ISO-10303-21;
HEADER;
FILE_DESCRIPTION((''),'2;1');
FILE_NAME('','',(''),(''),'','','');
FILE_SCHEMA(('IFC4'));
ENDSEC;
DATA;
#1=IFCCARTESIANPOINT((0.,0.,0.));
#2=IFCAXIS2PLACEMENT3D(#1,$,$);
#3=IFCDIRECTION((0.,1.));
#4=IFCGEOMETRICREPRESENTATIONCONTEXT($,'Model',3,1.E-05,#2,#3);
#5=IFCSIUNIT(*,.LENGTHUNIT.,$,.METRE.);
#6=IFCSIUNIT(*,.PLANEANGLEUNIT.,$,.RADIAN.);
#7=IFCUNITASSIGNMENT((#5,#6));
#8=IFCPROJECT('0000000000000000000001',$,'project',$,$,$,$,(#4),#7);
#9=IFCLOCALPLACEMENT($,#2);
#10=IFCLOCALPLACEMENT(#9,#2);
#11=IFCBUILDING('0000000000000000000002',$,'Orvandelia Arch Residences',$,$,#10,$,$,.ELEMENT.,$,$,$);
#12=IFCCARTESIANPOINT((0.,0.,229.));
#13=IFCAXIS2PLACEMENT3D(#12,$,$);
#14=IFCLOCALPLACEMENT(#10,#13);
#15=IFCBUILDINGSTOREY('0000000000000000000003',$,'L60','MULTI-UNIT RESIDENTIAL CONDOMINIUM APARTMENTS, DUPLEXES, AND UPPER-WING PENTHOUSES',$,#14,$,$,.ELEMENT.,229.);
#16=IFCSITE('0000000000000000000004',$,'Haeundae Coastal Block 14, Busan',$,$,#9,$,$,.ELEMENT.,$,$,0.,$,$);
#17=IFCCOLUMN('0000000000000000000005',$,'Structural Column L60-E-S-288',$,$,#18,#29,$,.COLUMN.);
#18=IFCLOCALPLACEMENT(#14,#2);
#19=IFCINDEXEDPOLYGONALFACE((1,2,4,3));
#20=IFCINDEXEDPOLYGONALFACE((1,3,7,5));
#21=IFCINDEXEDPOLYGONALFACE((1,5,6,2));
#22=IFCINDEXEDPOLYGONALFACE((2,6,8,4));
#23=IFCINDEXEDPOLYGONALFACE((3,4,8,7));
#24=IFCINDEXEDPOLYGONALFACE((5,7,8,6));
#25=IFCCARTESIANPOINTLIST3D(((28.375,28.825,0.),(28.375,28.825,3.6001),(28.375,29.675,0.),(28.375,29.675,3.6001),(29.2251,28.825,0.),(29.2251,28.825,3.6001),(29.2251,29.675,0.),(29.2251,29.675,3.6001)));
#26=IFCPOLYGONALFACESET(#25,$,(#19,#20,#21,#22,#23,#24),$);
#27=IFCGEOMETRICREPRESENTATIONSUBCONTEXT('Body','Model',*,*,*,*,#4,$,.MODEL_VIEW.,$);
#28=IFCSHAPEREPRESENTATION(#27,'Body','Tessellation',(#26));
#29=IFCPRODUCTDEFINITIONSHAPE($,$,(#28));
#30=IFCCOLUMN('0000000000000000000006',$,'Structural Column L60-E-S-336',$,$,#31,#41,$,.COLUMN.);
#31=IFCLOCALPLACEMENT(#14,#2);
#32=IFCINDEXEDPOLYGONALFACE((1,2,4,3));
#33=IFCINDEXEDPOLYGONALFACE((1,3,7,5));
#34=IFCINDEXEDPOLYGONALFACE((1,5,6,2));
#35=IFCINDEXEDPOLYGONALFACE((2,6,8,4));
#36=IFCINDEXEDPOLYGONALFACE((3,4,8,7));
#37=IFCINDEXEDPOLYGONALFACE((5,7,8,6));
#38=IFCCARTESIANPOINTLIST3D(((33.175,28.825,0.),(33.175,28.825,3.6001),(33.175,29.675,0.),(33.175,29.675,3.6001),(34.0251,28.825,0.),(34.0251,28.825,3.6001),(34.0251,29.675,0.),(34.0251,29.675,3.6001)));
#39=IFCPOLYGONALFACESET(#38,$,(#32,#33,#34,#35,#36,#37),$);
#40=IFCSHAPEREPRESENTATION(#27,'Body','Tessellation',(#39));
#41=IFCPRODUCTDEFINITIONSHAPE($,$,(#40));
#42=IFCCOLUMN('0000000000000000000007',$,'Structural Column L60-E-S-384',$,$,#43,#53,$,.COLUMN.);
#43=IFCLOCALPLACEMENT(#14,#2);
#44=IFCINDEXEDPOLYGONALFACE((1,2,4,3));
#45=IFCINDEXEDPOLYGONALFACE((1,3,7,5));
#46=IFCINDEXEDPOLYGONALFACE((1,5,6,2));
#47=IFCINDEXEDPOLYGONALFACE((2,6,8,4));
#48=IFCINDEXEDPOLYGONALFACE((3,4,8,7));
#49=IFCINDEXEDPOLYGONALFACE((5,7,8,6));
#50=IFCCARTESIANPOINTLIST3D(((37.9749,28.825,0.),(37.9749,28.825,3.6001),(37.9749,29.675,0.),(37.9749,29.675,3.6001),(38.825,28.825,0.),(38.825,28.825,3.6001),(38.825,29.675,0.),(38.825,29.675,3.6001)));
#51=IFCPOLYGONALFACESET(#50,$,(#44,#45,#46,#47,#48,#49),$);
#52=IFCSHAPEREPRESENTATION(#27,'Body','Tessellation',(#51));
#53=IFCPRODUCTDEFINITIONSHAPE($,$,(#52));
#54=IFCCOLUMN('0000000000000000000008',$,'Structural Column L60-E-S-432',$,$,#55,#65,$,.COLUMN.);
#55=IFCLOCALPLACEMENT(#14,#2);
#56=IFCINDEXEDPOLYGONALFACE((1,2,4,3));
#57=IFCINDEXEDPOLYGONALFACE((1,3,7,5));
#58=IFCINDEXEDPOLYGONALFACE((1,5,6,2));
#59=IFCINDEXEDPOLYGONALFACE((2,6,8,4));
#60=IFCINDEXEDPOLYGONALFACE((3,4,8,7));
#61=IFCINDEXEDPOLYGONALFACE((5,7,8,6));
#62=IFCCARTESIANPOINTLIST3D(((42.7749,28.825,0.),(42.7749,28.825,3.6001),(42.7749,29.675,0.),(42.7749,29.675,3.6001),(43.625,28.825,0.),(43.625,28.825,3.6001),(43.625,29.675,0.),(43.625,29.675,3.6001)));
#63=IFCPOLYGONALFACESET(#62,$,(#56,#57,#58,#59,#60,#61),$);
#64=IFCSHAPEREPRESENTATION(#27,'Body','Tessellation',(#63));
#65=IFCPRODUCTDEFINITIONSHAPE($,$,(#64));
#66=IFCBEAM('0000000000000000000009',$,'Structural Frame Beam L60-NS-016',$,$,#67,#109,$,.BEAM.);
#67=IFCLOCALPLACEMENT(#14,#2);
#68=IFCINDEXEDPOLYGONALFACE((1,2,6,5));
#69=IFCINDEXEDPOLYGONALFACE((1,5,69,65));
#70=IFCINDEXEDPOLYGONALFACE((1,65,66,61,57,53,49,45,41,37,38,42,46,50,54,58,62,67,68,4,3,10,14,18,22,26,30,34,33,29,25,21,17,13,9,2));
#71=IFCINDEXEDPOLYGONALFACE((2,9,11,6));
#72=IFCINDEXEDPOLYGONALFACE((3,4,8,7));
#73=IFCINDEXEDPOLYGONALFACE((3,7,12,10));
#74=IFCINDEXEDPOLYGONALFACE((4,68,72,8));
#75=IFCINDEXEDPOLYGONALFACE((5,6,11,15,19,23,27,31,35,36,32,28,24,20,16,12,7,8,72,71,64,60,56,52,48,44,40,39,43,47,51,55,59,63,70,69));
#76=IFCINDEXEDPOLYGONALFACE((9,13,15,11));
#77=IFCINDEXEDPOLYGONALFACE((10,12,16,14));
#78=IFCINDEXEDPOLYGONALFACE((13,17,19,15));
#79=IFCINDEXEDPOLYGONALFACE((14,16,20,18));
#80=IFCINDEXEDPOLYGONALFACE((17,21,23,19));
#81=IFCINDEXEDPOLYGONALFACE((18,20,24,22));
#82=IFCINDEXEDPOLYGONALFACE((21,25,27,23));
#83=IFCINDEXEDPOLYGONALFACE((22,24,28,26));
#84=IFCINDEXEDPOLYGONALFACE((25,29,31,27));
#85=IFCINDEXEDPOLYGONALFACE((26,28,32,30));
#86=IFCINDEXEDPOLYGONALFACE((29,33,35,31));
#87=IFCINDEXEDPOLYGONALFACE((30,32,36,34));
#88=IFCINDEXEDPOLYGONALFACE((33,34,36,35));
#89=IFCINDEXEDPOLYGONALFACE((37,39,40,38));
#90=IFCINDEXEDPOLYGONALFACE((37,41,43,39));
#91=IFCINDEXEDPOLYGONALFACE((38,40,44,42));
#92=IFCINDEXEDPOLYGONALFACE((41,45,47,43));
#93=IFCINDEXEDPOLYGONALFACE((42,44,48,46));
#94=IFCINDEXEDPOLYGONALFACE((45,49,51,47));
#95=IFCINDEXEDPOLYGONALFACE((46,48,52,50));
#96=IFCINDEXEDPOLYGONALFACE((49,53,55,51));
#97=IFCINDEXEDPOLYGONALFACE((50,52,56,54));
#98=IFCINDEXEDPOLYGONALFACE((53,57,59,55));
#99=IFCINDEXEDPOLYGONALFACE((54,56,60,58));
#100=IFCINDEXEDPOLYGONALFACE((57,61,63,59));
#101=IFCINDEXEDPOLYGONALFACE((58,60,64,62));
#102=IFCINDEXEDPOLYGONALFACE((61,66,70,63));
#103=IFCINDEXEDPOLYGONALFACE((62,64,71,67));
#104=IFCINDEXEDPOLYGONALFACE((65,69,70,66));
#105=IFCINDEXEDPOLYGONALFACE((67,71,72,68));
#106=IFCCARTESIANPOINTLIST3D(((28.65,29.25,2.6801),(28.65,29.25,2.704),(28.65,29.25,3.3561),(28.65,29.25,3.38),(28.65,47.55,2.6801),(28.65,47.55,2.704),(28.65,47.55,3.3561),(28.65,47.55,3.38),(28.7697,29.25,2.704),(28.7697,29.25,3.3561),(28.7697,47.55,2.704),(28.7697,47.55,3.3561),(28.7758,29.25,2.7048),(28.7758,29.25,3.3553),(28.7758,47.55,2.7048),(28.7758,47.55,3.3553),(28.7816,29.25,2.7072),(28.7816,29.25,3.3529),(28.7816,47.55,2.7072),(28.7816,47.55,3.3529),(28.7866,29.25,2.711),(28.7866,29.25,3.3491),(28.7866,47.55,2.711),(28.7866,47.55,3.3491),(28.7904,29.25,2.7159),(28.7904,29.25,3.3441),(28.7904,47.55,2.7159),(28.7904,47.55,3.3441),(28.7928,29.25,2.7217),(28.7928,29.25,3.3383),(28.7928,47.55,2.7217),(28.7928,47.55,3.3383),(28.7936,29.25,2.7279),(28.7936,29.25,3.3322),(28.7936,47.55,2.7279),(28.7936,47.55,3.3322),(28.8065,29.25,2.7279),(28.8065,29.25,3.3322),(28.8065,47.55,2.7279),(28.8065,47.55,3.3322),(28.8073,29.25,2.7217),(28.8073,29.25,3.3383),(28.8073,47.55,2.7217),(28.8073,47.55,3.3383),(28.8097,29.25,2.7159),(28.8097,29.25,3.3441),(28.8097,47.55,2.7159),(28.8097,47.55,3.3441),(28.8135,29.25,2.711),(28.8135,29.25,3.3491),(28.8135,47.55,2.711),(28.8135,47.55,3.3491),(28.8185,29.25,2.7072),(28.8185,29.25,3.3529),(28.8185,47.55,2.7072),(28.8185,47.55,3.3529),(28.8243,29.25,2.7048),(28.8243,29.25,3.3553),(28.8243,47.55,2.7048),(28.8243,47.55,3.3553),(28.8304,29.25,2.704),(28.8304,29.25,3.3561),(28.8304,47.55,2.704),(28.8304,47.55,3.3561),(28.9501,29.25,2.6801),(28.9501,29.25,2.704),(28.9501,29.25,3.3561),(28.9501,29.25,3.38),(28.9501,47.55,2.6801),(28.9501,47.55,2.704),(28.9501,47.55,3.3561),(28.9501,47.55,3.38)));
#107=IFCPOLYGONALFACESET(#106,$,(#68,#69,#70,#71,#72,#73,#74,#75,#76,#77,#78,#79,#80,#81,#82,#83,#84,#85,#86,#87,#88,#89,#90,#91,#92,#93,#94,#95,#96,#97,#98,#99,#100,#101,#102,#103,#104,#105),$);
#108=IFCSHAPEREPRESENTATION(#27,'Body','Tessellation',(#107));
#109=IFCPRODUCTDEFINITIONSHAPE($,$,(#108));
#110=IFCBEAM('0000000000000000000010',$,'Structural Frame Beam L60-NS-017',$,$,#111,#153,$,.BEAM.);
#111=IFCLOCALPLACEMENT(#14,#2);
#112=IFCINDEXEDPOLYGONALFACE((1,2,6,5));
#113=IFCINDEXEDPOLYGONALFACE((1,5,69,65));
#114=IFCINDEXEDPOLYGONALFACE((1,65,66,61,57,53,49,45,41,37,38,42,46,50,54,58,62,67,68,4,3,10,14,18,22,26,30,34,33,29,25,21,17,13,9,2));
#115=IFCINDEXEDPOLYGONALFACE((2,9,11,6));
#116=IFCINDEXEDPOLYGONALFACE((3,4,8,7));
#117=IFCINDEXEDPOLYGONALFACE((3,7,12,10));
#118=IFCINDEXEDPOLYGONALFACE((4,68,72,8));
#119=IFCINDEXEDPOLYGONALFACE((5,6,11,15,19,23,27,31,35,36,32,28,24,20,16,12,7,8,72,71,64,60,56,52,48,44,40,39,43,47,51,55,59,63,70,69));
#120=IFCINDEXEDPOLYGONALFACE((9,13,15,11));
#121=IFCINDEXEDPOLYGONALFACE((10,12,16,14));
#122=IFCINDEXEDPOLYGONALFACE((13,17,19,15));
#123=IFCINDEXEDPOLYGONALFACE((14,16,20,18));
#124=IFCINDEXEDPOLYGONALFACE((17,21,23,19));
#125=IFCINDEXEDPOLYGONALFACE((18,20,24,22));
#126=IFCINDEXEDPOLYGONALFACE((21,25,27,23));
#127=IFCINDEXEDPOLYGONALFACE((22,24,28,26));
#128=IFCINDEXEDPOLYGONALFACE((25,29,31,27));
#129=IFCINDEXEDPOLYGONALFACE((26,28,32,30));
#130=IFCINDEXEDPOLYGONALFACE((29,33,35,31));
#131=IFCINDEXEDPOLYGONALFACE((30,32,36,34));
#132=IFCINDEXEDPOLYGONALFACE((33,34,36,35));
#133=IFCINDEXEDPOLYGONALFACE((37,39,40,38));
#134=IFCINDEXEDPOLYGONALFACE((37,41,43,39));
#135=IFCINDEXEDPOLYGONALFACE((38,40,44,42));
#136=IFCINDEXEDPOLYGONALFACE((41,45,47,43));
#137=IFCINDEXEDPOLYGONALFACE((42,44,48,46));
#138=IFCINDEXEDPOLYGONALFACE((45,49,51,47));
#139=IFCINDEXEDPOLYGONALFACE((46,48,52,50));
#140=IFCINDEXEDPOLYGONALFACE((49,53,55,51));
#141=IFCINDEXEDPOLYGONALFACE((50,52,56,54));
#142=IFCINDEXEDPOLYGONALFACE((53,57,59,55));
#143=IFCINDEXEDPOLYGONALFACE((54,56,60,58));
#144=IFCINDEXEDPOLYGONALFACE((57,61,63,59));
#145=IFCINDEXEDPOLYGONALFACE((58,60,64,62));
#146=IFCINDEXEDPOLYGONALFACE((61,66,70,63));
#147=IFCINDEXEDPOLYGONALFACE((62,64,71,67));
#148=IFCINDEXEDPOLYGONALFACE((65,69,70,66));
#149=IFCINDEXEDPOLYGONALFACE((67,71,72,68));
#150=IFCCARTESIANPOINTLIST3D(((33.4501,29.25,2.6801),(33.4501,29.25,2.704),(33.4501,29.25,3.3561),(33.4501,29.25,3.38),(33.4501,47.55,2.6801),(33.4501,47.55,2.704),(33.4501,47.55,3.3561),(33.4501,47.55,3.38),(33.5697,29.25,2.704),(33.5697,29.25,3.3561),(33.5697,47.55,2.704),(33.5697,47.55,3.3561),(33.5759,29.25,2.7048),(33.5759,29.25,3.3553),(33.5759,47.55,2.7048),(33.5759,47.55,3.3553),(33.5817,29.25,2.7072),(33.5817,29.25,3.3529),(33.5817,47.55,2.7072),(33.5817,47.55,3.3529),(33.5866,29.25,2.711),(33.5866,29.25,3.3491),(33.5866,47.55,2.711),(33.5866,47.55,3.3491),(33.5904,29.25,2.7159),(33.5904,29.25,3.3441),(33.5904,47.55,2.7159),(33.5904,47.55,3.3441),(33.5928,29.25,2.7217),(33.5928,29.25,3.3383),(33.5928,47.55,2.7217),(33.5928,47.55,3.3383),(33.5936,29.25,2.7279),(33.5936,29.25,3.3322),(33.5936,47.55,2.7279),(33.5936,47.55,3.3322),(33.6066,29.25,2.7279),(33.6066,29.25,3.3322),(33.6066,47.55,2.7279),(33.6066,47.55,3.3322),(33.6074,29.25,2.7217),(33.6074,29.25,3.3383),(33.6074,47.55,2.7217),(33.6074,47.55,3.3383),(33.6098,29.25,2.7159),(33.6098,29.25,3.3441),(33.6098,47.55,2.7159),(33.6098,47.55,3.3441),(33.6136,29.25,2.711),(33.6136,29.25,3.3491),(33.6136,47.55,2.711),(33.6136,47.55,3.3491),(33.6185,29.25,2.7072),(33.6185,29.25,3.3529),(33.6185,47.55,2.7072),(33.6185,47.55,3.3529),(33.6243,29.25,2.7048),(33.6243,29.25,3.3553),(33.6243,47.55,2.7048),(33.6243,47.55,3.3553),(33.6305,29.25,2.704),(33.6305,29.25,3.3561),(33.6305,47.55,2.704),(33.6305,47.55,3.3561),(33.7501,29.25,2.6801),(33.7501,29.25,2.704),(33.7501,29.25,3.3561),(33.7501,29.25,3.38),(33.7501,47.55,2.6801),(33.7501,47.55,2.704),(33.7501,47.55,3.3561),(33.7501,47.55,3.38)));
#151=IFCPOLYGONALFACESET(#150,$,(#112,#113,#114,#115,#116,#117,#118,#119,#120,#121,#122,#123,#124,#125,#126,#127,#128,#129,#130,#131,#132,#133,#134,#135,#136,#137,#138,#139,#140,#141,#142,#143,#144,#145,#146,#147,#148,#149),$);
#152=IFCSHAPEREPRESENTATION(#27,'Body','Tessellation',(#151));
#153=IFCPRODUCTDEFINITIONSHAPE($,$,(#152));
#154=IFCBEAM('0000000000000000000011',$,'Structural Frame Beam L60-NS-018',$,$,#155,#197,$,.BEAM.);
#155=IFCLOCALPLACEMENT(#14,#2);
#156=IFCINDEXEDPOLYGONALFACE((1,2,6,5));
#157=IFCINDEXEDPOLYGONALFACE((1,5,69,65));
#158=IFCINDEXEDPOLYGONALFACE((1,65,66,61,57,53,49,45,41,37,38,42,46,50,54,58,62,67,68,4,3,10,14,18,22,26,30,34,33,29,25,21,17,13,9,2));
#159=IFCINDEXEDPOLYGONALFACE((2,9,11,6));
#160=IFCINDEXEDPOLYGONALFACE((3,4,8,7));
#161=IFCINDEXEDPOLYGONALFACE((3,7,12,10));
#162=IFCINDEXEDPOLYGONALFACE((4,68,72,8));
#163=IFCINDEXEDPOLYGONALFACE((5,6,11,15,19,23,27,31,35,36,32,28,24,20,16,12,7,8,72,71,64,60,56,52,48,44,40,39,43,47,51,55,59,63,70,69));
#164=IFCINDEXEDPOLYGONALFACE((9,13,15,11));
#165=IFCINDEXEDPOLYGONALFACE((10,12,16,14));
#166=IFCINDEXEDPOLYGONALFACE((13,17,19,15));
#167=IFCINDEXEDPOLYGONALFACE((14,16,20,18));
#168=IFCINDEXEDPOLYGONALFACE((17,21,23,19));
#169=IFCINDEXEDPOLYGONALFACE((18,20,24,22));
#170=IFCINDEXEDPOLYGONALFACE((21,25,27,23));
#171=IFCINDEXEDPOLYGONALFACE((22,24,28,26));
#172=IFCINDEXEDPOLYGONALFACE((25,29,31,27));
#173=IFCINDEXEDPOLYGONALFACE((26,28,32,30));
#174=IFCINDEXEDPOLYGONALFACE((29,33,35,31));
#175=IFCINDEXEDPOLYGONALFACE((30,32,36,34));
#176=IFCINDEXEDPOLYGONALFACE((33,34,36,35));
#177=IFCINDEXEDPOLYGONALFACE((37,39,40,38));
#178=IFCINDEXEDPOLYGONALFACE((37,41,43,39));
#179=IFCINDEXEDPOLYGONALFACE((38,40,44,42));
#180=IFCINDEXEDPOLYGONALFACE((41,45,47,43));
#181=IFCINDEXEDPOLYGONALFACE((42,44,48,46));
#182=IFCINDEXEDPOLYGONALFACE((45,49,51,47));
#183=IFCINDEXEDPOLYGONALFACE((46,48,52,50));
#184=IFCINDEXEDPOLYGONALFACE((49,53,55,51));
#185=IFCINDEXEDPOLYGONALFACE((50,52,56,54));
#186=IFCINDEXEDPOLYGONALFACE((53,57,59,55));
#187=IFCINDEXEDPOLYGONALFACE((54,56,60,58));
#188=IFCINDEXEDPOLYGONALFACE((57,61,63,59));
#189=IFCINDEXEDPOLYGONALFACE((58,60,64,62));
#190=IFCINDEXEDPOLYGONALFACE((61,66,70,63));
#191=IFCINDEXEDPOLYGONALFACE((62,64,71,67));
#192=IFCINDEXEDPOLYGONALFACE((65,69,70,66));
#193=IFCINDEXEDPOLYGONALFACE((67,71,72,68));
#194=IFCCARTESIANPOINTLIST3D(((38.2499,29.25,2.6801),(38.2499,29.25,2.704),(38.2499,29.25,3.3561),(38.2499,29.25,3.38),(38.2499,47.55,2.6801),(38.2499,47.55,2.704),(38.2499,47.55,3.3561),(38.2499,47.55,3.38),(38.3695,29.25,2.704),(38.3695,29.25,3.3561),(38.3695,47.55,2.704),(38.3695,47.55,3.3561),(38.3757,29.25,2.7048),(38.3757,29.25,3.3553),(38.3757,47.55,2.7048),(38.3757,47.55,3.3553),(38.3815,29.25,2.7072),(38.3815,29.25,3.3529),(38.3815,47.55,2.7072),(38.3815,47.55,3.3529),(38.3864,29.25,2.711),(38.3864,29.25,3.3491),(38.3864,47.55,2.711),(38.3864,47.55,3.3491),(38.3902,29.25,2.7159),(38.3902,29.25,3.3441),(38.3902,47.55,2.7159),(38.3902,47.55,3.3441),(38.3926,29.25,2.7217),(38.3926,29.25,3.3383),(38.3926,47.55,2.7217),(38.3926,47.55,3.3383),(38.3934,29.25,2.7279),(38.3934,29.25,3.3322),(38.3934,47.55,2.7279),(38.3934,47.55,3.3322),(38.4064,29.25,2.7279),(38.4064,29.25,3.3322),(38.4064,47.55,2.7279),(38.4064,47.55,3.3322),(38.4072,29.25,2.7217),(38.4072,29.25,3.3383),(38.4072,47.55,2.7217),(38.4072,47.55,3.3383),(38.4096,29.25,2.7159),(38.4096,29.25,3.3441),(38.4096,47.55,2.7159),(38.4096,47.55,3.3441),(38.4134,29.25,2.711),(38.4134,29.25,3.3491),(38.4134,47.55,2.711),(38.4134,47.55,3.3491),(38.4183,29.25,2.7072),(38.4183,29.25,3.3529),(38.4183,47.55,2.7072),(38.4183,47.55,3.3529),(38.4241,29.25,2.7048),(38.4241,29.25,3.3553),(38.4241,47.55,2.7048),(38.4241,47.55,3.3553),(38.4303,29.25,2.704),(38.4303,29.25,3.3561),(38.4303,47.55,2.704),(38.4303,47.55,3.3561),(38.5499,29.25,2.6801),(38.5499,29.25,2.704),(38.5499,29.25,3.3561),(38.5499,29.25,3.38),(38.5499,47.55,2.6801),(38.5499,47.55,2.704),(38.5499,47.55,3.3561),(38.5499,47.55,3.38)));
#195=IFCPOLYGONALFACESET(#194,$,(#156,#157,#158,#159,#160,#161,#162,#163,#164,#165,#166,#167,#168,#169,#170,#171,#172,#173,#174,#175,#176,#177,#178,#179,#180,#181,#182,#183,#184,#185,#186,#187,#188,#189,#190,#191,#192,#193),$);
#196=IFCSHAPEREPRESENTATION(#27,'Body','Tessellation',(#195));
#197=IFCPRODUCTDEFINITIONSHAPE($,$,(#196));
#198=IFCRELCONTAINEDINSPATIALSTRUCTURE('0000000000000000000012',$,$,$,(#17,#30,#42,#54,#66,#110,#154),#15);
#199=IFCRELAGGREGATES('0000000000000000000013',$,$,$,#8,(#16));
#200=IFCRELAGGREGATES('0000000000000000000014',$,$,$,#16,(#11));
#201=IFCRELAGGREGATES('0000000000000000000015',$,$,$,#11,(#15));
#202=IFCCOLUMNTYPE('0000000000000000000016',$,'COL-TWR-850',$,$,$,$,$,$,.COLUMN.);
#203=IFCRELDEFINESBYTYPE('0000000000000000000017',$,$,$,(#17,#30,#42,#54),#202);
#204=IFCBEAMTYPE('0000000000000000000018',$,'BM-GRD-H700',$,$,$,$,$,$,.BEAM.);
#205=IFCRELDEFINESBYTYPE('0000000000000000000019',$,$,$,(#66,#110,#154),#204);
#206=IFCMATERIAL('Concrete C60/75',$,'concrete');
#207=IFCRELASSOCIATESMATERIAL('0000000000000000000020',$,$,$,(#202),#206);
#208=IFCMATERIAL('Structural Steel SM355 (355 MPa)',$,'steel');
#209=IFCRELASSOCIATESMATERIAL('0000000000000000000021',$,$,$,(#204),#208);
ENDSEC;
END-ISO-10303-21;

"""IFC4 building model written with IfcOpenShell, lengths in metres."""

from ifc_helpers import new_model, si_unit, direction, frame, origin, origin_2d, place, context, subcontext, project, spatial, rectangle, i_section, extrude, material, material_profile, profile_set, type_object, element, save


model = new_model("IFC4")

# Units and contexts
model_context = context("Model", 3, precision=1e-05, world=origin(), true_north=direction((0.0, 1.0)))
body_context = subcontext(model_context, "Body", "Model", "MODEL_VIEW")
ifc_project = project(units=[si_unit("LENGTHUNIT", "METRE"), si_unit("PLANEANGLEUNIT", "RADIAN")], contexts=[model_context])

# Site, building, storey
site_placement = place(None, origin())
site = spatial("IfcSite", under=ifc_project, at=site_placement, Name="Haeundae Coastal Block 14, Busan", CompositionType="ELEMENT", RefElevation=0.0)
building_placement = place(site_placement, origin())
building = spatial("IfcBuilding", under=site, at=building_placement, Name="Orvandelia Arch Residences", CompositionType="ELEMENT")
storey_placement = place(building_placement, frame((0.0, 0.0, 229.0)))
storey = spatial("IfcBuildingStorey", under=building, at=storey_placement, Name="L60", Description="MULTI-UNIT RESIDENTIAL CONDOMINIUM APARTMENTS, DUPLEXES, AND UPPER-WING PENTHOUSES", CompositionType="ELEMENT", Elevation=229.0)

# Columns
ifc_material_1 = material(Name="Concrete C60/75", Category="concrete")
ifc_material_profile_1 = material_profile(ifc_material_1, rectangle(XDim=0.8501, YDim=0.8501, at=origin_2d()), Name="Concrete C60/75", Category="concrete")
ifc_profile_set_1 = profile_set([ifc_material_profile_1], Name="Concrete C60/75")
column_type = type_object("IfcColumnType", Name="COL-TWR-850", PredefinedType="COLUMN", material=ifc_profile_set_1)
for number, where, z_axis, x_axis, name in (
    (1, (28.8, 29.25, 0.0), (0.0, 0.0, 1.0), (1.0, 0.0, 0.0), "Structural Column L60-E-S-288"),
    (2, (33.6001, 29.25, 0.0), (0.0, 0.0, 1.0), (1.0, 0.0, 0.0), "Structural Column L60-E-S-336"),
    (3, (38.3999, 29.25, 0.0), (0.0, 0.0, 1.0), (1.0, 0.0, 0.0), "Structural Column L60-E-S-384"),
    (4, (43.2, 29.25, 0.0), (0.0, 0.0, 1.0), (1.0, 0.0, 0.0), "Structural Column L60-E-S-432"),
):
    element("IfcColumn", number, at=place(storey_placement, frame(where, z_axis=z_axis, x_axis=x_axis)), inside=storey, type_object=column_type, Name=name, PredefinedType="COLUMN", context=body_context, shape_type="SweptSolid", body=[
        extrude(rectangle(XDim=0.8501, YDim=0.8501, at=origin_2d()), origin(), (0.0, 0.0, 1.0), 3.6001),
    ])

# Beams
ifc_material_2 = material(Name="Structural Steel SM355 (355 MPa)", Category="steel")
ifc_material_profile_2 = material_profile(ifc_material_2, i_section(OverallWidth=0.3, OverallDepth=0.7, WebThickness=0.0129, FlangeThickness=0.0239, FilletRadius=0.0239, at=origin_2d()), Name="Structural Steel SM355 (355 MPa)", Category="steel")
ifc_profile_set_2 = profile_set([ifc_material_profile_2], Name="Structural Steel SM355 (355 MPa)")
beam_type = type_object("IfcBeamType", Name="BM-GRD-H700", PredefinedType="BEAM", material=ifc_profile_set_2)
for number, where, z_axis, x_axis, name in (
    (5, (28.8, 29.25, 3.03), (0.0, 1.0, 0.0), (-1.0, 0.0, 0.0), "Structural Frame Beam L60-NS-016"),
    (6, (33.6001, 29.25, 3.03), (0.0, 1.0, 0.0), (-1.0, 0.0, 0.0), "Structural Frame Beam L60-NS-017"),
    (7, (38.3999, 29.25, 3.03), (0.0, 1.0, 0.0), (-1.0, 0.0, 0.0), "Structural Frame Beam L60-NS-018"),
):
    element("IfcBeam", number, at=place(storey_placement, frame(where, z_axis=z_axis, x_axis=x_axis)), inside=storey, type_object=beam_type, Name=name, PredefinedType="BEAM", context=body_context, shape_type="SweptSolid", body=[
        extrude(i_section(OverallWidth=0.3, OverallDepth=0.7, WebThickness=0.0129, FlangeThickness=0.0239, FilletRadius=0.0239, at=origin_2d()), origin(), (0.0, 0.0, 1.0), 18.3),
    ])

save(model, "model.ifc")
